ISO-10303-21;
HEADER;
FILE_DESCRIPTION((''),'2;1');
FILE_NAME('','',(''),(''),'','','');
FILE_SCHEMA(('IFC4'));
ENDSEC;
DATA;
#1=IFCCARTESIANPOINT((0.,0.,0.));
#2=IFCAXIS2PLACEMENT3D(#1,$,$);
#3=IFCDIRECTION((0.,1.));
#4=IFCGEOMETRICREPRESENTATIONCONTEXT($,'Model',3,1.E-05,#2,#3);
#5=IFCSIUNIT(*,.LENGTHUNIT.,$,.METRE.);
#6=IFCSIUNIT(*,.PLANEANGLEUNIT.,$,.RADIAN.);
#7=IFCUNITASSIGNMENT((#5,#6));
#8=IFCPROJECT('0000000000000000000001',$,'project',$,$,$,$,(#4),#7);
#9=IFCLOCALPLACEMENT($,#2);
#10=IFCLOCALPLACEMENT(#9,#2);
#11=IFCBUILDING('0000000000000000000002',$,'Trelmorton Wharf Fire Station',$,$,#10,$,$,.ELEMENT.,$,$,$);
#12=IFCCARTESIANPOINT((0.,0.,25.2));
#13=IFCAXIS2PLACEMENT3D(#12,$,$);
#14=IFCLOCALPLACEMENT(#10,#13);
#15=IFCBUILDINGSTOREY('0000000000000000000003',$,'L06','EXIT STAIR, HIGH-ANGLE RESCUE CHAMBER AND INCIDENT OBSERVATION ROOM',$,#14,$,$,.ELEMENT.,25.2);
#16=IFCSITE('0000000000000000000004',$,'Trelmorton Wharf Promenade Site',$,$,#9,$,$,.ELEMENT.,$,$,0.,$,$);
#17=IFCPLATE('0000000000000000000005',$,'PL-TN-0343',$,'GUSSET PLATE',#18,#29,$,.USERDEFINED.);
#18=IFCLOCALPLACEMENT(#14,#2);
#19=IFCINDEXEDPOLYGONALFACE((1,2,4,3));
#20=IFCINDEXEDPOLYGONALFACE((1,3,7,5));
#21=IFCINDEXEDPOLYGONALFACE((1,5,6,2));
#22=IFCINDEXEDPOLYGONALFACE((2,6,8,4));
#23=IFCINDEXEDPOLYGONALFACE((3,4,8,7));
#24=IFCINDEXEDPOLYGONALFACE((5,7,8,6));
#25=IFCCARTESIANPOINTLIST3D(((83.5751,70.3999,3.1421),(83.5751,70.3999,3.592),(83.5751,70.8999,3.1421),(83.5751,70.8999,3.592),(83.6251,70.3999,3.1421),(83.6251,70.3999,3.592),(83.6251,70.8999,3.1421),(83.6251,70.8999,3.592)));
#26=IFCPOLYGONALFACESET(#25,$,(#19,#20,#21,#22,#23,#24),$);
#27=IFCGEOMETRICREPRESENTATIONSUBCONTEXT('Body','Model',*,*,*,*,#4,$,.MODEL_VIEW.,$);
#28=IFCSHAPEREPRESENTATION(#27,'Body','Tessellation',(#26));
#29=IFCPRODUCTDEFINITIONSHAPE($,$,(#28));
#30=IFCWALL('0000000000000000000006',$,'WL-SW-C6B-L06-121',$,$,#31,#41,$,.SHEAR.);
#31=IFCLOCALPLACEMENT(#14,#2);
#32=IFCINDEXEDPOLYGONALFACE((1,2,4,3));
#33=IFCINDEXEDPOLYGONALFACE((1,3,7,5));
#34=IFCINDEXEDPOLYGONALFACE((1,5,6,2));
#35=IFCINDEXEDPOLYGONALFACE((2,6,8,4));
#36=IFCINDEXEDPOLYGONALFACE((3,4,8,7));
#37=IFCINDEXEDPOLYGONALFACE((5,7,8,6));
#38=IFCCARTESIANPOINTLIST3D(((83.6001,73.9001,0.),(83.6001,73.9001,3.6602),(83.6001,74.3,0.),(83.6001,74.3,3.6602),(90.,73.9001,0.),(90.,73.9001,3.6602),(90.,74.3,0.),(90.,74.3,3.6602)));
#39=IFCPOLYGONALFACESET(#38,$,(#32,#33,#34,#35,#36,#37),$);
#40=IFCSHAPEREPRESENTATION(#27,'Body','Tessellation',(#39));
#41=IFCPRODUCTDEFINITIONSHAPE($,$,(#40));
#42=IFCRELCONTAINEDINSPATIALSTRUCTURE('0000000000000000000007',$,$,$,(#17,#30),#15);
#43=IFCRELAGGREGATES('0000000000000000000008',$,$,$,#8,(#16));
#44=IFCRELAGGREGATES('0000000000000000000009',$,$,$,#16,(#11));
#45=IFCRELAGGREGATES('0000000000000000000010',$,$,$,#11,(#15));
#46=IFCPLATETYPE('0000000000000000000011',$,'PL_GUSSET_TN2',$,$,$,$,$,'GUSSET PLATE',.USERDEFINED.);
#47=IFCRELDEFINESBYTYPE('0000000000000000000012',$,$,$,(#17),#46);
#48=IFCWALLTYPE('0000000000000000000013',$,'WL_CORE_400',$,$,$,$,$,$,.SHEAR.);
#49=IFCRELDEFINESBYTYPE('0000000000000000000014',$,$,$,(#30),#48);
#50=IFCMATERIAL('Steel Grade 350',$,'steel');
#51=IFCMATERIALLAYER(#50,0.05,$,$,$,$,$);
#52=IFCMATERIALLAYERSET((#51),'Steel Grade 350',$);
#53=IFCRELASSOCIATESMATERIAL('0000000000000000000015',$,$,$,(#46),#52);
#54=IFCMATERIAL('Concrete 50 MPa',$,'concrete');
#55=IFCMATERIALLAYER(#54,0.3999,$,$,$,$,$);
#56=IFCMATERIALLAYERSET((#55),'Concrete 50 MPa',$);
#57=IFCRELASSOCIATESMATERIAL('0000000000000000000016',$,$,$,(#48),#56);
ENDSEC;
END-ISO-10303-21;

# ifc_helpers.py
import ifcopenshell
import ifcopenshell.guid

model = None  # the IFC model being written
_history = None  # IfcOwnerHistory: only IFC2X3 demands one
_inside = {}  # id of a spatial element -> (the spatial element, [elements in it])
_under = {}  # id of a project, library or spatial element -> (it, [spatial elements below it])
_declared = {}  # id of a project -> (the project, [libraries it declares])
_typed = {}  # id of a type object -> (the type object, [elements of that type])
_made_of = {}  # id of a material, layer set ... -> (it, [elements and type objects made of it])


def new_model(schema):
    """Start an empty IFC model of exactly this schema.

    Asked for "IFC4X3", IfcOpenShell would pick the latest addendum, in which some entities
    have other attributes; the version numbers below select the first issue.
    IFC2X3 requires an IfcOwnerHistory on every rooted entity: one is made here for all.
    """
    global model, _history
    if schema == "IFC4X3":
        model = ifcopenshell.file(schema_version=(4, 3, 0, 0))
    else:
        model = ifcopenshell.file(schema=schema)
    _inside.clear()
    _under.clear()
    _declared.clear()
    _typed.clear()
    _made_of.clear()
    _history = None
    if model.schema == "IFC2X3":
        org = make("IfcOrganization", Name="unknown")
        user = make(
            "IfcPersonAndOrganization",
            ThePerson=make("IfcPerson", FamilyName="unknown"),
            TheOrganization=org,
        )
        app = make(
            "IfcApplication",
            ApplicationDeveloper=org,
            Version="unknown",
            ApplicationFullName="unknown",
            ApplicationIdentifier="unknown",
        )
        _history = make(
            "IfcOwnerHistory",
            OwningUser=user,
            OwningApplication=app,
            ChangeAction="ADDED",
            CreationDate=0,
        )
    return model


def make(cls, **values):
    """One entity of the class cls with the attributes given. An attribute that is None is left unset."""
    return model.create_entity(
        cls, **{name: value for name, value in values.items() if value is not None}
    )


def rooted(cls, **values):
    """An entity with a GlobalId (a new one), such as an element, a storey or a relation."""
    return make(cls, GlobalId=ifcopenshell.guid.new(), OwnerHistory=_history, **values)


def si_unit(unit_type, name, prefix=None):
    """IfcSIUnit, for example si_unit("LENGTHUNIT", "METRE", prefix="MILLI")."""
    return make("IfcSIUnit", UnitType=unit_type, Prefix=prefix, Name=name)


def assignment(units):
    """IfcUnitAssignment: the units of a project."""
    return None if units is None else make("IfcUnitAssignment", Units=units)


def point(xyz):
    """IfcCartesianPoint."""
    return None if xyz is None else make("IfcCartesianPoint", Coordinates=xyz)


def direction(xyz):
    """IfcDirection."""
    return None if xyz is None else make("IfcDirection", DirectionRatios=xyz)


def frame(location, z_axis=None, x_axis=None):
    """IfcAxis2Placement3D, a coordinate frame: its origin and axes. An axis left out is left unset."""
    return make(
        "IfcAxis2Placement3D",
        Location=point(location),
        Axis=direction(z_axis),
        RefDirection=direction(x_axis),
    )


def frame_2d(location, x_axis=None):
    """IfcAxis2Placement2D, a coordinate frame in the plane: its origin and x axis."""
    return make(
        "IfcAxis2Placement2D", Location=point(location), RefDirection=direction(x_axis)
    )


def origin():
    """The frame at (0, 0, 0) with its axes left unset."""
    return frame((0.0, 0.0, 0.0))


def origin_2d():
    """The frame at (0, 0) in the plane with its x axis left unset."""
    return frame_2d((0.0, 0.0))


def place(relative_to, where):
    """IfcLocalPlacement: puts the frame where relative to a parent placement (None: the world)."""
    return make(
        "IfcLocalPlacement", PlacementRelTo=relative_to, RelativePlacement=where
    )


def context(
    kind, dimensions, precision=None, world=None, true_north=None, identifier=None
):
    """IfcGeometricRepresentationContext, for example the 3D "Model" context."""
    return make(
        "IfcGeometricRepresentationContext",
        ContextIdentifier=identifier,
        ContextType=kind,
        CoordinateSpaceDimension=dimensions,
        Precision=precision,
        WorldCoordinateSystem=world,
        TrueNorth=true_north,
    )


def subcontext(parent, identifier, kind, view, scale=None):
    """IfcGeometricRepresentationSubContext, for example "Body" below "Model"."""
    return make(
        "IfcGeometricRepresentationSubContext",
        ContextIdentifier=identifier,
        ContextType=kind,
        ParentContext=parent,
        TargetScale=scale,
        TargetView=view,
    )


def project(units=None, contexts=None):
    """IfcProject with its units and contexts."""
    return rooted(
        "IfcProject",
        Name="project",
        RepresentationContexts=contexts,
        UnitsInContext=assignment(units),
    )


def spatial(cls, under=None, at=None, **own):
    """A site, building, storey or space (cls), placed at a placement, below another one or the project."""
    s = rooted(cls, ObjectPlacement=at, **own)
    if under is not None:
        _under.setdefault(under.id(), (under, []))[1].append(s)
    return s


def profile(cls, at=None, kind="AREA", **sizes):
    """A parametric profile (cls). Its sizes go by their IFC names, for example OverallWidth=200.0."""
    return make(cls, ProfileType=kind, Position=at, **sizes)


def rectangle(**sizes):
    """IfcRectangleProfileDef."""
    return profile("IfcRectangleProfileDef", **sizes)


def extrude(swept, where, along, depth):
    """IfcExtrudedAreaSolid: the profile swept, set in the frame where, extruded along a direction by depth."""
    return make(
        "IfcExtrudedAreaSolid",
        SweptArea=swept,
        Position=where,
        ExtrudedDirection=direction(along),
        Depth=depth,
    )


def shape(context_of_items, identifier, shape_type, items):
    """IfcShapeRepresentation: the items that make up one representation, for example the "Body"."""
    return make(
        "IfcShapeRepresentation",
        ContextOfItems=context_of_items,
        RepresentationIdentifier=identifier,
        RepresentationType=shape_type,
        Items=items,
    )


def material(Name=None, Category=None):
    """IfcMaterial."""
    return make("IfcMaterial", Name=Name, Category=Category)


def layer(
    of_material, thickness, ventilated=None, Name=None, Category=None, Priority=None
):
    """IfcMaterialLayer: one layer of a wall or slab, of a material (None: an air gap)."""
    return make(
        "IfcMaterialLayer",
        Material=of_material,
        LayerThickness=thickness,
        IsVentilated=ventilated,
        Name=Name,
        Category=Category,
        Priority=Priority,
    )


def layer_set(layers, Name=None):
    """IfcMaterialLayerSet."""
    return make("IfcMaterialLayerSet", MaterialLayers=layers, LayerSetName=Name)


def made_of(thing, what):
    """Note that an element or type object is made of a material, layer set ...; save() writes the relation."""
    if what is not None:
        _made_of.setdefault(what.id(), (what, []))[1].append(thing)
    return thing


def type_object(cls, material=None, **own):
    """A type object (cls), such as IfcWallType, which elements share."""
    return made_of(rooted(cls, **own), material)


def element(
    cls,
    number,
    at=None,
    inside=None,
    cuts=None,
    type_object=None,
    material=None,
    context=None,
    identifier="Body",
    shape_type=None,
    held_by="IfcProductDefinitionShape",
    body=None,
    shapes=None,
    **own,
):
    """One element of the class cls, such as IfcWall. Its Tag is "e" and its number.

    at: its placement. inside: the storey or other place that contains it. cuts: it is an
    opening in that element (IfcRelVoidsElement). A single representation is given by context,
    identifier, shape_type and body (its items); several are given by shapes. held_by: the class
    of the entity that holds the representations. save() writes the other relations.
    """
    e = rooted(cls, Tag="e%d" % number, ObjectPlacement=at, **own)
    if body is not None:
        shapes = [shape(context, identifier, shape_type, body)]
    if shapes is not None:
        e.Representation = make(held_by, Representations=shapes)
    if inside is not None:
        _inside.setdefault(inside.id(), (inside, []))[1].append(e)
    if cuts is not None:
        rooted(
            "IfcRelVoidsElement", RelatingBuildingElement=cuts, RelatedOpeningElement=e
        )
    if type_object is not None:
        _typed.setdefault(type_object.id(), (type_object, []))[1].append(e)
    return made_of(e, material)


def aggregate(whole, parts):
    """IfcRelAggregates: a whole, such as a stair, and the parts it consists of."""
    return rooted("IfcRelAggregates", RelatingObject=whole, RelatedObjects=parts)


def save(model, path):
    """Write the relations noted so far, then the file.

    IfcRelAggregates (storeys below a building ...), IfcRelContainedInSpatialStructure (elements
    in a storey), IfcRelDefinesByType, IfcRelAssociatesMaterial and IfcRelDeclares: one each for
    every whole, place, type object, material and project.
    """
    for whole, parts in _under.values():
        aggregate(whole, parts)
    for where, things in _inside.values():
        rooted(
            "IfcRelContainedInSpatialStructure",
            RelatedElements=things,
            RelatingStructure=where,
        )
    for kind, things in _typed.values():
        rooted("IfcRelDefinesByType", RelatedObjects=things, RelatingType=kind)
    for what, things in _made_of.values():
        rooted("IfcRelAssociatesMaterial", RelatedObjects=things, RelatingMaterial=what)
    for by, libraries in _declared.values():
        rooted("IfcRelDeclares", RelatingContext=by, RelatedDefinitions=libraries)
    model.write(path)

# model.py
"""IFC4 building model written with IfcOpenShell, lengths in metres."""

from ifc_helpers import new_model, si_unit, direction, frame, frame_2d, origin, origin_2d, place, context, subcontext, project, spatial, rectangle, extrude, material, layer, layer_set, type_object, element, save


model = new_model("IFC4")

# Units and contexts
model_context = context("Model", 3, precision=1e-05, world=origin(), true_north=direction((0.0, 1.0)))
body_context = subcontext(model_context, "Body", "Model", "MODEL_VIEW")
ifc_project = project(units=[si_unit("LENGTHUNIT", "METRE"), si_unit("PLANEANGLEUNIT", "RADIAN")], contexts=[model_context])

# Site, building, storey
site_placement = place(None, origin())
site = spatial("IfcSite", under=ifc_project, at=site_placement, Name="Trelmorton Wharf Promenade Site", CompositionType="ELEMENT", RefElevation=0.0)
building_placement = place(site_placement, origin())
building = spatial("IfcBuilding", under=site, at=building_placement, Name="Trelmorton Wharf Fire Station", CompositionType="ELEMENT")
storey_placement = place(building_placement, frame((0.0, 0.0, 25.2)))
storey = spatial("IfcBuildingStorey", under=building, at=storey_placement, Name="L06", Description="EXIT STAIR, HIGH-ANGLE RESCUE CHAMBER AND INCIDENT OBSERVATION ROOM", CompositionType="ELEMENT", Elevation=25.2)

# Shared definitions
ifc_material_1 = material(Name="Steel Grade 350", Category="steel")

# Plate
ifc_layer_1 = layer(ifc_material_1, 0.05)
ifc_layer_set_1 = layer_set([ifc_layer_1], Name="Steel Grade 350")
plate_type_1 = type_object("IfcPlateType", Name="PL_GUSSET_TN2", ElementType="GUSSET PLATE", PredefinedType="USERDEFINED", material=ifc_layer_set_1)
for number, where, z_axis, x_axis, name in (
    (1, (83.6001, 70.6499, 3.1421), (0.0, 0.0, 1.0), (1.0, 0.0, 0.0), "PL-TN-0343"),
):
    element("IfcPlate", number, at=place(storey_placement, frame(where, z_axis=z_axis, x_axis=x_axis)), inside=storey, type_object=plate_type_1, Name=name, ObjectType="GUSSET PLATE", PredefinedType="USERDEFINED", context=body_context, shape_type="SweptSolid", body=[
        extrude(rectangle(XDim=0.05, YDim=0.5, at=origin_2d()), origin(), (0.0, 0.0, 1.0), 0.45),
    ])

# Wall
ifc_material_2 = material(Name="Concrete 50 MPa", Category="concrete")
ifc_layer_2 = layer(ifc_material_2, 0.3999)
ifc_layer_set_2 = layer_set([ifc_layer_2], Name="Concrete 50 MPa")
wall_type = type_object("IfcWallType", Name="WL_CORE_400", PredefinedType="SHEAR", material=ifc_layer_set_2)
wall_placement = place(storey_placement, frame((83.6001, 74.1001, 0.0), z_axis=(0.0, 0.0, 1.0), x_axis=(1.0, 0.0, 0.0)))
element("IfcWall", 2, at=wall_placement, inside=storey, type_object=wall_type, Name="WL-SW-C6B-L06-121", PredefinedType="SHEAR", context=body_context, shape_type="SweptSolid", body=[
    extrude(rectangle(XDim=6.3999, YDim=0.3999, at=frame_2d((3.2, 0.0))), origin(), (0.0, 0.0, 1.0), 3.6602),
])

save(model, "model.ifc")
